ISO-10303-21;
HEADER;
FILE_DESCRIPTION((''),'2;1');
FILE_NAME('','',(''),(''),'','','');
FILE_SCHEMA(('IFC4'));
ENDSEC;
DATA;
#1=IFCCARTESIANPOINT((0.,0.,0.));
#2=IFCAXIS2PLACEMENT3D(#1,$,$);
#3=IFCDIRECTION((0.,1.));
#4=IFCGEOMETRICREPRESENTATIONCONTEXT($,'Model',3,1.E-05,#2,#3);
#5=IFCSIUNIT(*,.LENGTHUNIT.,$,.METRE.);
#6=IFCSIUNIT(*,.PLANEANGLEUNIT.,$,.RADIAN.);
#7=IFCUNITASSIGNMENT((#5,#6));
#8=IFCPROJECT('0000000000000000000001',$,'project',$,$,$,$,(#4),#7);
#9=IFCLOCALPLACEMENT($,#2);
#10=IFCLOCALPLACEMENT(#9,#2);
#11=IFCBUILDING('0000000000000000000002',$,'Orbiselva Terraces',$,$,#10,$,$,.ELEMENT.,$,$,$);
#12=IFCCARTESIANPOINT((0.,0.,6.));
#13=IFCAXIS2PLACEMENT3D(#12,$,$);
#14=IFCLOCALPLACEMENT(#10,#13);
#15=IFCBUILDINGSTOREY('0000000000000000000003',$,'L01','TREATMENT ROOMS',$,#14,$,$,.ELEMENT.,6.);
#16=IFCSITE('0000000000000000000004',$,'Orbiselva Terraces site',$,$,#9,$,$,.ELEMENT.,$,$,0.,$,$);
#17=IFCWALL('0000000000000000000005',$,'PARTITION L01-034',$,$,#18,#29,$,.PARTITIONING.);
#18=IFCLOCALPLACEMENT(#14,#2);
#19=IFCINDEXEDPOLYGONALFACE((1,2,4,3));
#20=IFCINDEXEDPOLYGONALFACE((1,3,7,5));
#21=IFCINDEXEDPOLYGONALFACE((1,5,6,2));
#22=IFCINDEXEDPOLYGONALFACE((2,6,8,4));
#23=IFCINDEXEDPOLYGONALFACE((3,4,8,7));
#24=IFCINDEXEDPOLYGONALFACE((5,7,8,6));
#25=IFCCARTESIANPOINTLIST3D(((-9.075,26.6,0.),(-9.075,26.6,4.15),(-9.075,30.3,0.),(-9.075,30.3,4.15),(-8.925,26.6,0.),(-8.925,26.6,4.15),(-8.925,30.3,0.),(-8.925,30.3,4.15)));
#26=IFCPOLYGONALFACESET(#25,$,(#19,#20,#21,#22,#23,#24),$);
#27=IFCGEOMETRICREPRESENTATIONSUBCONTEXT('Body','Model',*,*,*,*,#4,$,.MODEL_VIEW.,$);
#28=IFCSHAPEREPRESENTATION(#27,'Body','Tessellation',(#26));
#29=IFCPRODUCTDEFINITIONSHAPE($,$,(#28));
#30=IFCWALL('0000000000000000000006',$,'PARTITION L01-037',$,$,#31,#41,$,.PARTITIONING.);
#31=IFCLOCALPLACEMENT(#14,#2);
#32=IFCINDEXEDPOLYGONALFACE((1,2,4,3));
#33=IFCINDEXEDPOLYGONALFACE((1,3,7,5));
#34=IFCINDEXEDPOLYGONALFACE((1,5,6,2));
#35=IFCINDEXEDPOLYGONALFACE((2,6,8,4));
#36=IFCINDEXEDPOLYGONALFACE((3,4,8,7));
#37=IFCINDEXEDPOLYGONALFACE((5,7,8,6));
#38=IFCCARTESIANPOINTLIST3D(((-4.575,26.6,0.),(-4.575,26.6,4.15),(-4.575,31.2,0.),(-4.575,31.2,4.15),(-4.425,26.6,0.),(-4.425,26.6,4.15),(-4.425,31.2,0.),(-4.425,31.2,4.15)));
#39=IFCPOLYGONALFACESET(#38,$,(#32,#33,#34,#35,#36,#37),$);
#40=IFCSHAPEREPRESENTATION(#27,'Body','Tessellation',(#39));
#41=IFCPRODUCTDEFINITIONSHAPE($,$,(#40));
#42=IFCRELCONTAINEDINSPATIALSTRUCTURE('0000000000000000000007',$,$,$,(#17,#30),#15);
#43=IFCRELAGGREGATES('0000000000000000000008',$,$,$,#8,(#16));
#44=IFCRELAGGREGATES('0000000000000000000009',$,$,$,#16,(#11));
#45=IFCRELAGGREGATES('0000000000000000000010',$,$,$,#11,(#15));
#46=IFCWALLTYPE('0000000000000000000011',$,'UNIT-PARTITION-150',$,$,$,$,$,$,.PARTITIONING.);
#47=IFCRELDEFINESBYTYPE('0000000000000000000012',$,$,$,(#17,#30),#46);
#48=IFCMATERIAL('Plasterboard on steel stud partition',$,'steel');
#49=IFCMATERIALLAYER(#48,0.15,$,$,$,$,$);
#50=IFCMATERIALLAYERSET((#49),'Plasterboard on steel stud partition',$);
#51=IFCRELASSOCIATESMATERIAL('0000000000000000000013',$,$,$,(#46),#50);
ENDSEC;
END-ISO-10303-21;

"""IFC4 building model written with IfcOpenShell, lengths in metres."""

from ifc_helpers import new_model, si_unit, direction, frame, frame_2d, origin, place, context, subcontext, project, spatial, rectangle, extrude, material, layer, layer_set, type_object, element, save


model = new_model("IFC4")

# Units and contexts
model_context = context("Model", 3, precision=1e-05, world=origin(), true_north=direction((0.0, 1.0)))
body_context = subcontext(model_context, "Body", "Model", "MODEL_VIEW")
ifc_project = project(units=[si_unit("LENGTHUNIT", "METRE"), si_unit("PLANEANGLEUNIT", "RADIAN")], contexts=[model_context])

# Site, building, storey
site_placement = place(None, origin())
site = spatial("IfcSite", under=ifc_project, at=site_placement, Name="Orbiselva Terraces site", CompositionType="ELEMENT", RefElevation=0.0)
building_placement = place(site_placement, origin())
building = spatial("IfcBuilding", under=site, at=building_placement, Name="Orbiselva Terraces", CompositionType="ELEMENT")
storey_placement = place(building_placement, frame((0.0, 0.0, 6.0)))
storey = spatial("IfcBuildingStorey", under=building, at=storey_placement, Name="L01", Description="TREATMENT ROOMS", CompositionType="ELEMENT", Elevation=6.0)

# Walls
ifc_material_1 = material(Name="Plasterboard on steel stud partition", Category="steel")
ifc_layer_1 = layer(ifc_material_1, 0.15)
ifc_layer_set_1 = layer_set([ifc_layer_1], Name="Plasterboard on steel stud partition")
wall_type_1 = type_object("IfcWallType", Name="UNIT-PARTITION-150", PredefinedType="PARTITIONING", material=ifc_layer_set_1)
wall_1_placement = place(storey_placement, frame((-9.0, 26.6, 0.0), z_axis=(0.0, 0.0, 1.0), x_axis=(0.0, 1.0, 0.0)))
element("IfcWall", 1, at=wall_1_placement, inside=storey, type_object=wall_type_1, Name="PARTITION L01-034", PredefinedType="PARTITIONING", context=body_context, shape_type="SweptSolid", body=[
    extrude(rectangle(XDim=3.7, YDim=0.15, at=frame_2d((1.85, 0.0))), origin(), (0.0, 0.0, 1.0), 4.15),
])
wall_2_placement = place(storey_placement, frame((-4.5, 26.6, 0.0), z_axis=(0.0, 0.0, 1.0), x_axis=(0.0, 1.0, 0.0)))
element("IfcWall", 2, at=wall_2_placement, inside=storey, type_object=wall_type_1, Name="PARTITION L01-037", PredefinedType="PARTITIONING", context=body_context, shape_type="SweptSolid", body=[
    extrude(rectangle(XDim=4.6, YDim=0.15, at=frame_2d((2.3, 0.0))), origin(), (0.0, 0.0, 1.0), 4.15),
])

save(model, "model.ifc")
